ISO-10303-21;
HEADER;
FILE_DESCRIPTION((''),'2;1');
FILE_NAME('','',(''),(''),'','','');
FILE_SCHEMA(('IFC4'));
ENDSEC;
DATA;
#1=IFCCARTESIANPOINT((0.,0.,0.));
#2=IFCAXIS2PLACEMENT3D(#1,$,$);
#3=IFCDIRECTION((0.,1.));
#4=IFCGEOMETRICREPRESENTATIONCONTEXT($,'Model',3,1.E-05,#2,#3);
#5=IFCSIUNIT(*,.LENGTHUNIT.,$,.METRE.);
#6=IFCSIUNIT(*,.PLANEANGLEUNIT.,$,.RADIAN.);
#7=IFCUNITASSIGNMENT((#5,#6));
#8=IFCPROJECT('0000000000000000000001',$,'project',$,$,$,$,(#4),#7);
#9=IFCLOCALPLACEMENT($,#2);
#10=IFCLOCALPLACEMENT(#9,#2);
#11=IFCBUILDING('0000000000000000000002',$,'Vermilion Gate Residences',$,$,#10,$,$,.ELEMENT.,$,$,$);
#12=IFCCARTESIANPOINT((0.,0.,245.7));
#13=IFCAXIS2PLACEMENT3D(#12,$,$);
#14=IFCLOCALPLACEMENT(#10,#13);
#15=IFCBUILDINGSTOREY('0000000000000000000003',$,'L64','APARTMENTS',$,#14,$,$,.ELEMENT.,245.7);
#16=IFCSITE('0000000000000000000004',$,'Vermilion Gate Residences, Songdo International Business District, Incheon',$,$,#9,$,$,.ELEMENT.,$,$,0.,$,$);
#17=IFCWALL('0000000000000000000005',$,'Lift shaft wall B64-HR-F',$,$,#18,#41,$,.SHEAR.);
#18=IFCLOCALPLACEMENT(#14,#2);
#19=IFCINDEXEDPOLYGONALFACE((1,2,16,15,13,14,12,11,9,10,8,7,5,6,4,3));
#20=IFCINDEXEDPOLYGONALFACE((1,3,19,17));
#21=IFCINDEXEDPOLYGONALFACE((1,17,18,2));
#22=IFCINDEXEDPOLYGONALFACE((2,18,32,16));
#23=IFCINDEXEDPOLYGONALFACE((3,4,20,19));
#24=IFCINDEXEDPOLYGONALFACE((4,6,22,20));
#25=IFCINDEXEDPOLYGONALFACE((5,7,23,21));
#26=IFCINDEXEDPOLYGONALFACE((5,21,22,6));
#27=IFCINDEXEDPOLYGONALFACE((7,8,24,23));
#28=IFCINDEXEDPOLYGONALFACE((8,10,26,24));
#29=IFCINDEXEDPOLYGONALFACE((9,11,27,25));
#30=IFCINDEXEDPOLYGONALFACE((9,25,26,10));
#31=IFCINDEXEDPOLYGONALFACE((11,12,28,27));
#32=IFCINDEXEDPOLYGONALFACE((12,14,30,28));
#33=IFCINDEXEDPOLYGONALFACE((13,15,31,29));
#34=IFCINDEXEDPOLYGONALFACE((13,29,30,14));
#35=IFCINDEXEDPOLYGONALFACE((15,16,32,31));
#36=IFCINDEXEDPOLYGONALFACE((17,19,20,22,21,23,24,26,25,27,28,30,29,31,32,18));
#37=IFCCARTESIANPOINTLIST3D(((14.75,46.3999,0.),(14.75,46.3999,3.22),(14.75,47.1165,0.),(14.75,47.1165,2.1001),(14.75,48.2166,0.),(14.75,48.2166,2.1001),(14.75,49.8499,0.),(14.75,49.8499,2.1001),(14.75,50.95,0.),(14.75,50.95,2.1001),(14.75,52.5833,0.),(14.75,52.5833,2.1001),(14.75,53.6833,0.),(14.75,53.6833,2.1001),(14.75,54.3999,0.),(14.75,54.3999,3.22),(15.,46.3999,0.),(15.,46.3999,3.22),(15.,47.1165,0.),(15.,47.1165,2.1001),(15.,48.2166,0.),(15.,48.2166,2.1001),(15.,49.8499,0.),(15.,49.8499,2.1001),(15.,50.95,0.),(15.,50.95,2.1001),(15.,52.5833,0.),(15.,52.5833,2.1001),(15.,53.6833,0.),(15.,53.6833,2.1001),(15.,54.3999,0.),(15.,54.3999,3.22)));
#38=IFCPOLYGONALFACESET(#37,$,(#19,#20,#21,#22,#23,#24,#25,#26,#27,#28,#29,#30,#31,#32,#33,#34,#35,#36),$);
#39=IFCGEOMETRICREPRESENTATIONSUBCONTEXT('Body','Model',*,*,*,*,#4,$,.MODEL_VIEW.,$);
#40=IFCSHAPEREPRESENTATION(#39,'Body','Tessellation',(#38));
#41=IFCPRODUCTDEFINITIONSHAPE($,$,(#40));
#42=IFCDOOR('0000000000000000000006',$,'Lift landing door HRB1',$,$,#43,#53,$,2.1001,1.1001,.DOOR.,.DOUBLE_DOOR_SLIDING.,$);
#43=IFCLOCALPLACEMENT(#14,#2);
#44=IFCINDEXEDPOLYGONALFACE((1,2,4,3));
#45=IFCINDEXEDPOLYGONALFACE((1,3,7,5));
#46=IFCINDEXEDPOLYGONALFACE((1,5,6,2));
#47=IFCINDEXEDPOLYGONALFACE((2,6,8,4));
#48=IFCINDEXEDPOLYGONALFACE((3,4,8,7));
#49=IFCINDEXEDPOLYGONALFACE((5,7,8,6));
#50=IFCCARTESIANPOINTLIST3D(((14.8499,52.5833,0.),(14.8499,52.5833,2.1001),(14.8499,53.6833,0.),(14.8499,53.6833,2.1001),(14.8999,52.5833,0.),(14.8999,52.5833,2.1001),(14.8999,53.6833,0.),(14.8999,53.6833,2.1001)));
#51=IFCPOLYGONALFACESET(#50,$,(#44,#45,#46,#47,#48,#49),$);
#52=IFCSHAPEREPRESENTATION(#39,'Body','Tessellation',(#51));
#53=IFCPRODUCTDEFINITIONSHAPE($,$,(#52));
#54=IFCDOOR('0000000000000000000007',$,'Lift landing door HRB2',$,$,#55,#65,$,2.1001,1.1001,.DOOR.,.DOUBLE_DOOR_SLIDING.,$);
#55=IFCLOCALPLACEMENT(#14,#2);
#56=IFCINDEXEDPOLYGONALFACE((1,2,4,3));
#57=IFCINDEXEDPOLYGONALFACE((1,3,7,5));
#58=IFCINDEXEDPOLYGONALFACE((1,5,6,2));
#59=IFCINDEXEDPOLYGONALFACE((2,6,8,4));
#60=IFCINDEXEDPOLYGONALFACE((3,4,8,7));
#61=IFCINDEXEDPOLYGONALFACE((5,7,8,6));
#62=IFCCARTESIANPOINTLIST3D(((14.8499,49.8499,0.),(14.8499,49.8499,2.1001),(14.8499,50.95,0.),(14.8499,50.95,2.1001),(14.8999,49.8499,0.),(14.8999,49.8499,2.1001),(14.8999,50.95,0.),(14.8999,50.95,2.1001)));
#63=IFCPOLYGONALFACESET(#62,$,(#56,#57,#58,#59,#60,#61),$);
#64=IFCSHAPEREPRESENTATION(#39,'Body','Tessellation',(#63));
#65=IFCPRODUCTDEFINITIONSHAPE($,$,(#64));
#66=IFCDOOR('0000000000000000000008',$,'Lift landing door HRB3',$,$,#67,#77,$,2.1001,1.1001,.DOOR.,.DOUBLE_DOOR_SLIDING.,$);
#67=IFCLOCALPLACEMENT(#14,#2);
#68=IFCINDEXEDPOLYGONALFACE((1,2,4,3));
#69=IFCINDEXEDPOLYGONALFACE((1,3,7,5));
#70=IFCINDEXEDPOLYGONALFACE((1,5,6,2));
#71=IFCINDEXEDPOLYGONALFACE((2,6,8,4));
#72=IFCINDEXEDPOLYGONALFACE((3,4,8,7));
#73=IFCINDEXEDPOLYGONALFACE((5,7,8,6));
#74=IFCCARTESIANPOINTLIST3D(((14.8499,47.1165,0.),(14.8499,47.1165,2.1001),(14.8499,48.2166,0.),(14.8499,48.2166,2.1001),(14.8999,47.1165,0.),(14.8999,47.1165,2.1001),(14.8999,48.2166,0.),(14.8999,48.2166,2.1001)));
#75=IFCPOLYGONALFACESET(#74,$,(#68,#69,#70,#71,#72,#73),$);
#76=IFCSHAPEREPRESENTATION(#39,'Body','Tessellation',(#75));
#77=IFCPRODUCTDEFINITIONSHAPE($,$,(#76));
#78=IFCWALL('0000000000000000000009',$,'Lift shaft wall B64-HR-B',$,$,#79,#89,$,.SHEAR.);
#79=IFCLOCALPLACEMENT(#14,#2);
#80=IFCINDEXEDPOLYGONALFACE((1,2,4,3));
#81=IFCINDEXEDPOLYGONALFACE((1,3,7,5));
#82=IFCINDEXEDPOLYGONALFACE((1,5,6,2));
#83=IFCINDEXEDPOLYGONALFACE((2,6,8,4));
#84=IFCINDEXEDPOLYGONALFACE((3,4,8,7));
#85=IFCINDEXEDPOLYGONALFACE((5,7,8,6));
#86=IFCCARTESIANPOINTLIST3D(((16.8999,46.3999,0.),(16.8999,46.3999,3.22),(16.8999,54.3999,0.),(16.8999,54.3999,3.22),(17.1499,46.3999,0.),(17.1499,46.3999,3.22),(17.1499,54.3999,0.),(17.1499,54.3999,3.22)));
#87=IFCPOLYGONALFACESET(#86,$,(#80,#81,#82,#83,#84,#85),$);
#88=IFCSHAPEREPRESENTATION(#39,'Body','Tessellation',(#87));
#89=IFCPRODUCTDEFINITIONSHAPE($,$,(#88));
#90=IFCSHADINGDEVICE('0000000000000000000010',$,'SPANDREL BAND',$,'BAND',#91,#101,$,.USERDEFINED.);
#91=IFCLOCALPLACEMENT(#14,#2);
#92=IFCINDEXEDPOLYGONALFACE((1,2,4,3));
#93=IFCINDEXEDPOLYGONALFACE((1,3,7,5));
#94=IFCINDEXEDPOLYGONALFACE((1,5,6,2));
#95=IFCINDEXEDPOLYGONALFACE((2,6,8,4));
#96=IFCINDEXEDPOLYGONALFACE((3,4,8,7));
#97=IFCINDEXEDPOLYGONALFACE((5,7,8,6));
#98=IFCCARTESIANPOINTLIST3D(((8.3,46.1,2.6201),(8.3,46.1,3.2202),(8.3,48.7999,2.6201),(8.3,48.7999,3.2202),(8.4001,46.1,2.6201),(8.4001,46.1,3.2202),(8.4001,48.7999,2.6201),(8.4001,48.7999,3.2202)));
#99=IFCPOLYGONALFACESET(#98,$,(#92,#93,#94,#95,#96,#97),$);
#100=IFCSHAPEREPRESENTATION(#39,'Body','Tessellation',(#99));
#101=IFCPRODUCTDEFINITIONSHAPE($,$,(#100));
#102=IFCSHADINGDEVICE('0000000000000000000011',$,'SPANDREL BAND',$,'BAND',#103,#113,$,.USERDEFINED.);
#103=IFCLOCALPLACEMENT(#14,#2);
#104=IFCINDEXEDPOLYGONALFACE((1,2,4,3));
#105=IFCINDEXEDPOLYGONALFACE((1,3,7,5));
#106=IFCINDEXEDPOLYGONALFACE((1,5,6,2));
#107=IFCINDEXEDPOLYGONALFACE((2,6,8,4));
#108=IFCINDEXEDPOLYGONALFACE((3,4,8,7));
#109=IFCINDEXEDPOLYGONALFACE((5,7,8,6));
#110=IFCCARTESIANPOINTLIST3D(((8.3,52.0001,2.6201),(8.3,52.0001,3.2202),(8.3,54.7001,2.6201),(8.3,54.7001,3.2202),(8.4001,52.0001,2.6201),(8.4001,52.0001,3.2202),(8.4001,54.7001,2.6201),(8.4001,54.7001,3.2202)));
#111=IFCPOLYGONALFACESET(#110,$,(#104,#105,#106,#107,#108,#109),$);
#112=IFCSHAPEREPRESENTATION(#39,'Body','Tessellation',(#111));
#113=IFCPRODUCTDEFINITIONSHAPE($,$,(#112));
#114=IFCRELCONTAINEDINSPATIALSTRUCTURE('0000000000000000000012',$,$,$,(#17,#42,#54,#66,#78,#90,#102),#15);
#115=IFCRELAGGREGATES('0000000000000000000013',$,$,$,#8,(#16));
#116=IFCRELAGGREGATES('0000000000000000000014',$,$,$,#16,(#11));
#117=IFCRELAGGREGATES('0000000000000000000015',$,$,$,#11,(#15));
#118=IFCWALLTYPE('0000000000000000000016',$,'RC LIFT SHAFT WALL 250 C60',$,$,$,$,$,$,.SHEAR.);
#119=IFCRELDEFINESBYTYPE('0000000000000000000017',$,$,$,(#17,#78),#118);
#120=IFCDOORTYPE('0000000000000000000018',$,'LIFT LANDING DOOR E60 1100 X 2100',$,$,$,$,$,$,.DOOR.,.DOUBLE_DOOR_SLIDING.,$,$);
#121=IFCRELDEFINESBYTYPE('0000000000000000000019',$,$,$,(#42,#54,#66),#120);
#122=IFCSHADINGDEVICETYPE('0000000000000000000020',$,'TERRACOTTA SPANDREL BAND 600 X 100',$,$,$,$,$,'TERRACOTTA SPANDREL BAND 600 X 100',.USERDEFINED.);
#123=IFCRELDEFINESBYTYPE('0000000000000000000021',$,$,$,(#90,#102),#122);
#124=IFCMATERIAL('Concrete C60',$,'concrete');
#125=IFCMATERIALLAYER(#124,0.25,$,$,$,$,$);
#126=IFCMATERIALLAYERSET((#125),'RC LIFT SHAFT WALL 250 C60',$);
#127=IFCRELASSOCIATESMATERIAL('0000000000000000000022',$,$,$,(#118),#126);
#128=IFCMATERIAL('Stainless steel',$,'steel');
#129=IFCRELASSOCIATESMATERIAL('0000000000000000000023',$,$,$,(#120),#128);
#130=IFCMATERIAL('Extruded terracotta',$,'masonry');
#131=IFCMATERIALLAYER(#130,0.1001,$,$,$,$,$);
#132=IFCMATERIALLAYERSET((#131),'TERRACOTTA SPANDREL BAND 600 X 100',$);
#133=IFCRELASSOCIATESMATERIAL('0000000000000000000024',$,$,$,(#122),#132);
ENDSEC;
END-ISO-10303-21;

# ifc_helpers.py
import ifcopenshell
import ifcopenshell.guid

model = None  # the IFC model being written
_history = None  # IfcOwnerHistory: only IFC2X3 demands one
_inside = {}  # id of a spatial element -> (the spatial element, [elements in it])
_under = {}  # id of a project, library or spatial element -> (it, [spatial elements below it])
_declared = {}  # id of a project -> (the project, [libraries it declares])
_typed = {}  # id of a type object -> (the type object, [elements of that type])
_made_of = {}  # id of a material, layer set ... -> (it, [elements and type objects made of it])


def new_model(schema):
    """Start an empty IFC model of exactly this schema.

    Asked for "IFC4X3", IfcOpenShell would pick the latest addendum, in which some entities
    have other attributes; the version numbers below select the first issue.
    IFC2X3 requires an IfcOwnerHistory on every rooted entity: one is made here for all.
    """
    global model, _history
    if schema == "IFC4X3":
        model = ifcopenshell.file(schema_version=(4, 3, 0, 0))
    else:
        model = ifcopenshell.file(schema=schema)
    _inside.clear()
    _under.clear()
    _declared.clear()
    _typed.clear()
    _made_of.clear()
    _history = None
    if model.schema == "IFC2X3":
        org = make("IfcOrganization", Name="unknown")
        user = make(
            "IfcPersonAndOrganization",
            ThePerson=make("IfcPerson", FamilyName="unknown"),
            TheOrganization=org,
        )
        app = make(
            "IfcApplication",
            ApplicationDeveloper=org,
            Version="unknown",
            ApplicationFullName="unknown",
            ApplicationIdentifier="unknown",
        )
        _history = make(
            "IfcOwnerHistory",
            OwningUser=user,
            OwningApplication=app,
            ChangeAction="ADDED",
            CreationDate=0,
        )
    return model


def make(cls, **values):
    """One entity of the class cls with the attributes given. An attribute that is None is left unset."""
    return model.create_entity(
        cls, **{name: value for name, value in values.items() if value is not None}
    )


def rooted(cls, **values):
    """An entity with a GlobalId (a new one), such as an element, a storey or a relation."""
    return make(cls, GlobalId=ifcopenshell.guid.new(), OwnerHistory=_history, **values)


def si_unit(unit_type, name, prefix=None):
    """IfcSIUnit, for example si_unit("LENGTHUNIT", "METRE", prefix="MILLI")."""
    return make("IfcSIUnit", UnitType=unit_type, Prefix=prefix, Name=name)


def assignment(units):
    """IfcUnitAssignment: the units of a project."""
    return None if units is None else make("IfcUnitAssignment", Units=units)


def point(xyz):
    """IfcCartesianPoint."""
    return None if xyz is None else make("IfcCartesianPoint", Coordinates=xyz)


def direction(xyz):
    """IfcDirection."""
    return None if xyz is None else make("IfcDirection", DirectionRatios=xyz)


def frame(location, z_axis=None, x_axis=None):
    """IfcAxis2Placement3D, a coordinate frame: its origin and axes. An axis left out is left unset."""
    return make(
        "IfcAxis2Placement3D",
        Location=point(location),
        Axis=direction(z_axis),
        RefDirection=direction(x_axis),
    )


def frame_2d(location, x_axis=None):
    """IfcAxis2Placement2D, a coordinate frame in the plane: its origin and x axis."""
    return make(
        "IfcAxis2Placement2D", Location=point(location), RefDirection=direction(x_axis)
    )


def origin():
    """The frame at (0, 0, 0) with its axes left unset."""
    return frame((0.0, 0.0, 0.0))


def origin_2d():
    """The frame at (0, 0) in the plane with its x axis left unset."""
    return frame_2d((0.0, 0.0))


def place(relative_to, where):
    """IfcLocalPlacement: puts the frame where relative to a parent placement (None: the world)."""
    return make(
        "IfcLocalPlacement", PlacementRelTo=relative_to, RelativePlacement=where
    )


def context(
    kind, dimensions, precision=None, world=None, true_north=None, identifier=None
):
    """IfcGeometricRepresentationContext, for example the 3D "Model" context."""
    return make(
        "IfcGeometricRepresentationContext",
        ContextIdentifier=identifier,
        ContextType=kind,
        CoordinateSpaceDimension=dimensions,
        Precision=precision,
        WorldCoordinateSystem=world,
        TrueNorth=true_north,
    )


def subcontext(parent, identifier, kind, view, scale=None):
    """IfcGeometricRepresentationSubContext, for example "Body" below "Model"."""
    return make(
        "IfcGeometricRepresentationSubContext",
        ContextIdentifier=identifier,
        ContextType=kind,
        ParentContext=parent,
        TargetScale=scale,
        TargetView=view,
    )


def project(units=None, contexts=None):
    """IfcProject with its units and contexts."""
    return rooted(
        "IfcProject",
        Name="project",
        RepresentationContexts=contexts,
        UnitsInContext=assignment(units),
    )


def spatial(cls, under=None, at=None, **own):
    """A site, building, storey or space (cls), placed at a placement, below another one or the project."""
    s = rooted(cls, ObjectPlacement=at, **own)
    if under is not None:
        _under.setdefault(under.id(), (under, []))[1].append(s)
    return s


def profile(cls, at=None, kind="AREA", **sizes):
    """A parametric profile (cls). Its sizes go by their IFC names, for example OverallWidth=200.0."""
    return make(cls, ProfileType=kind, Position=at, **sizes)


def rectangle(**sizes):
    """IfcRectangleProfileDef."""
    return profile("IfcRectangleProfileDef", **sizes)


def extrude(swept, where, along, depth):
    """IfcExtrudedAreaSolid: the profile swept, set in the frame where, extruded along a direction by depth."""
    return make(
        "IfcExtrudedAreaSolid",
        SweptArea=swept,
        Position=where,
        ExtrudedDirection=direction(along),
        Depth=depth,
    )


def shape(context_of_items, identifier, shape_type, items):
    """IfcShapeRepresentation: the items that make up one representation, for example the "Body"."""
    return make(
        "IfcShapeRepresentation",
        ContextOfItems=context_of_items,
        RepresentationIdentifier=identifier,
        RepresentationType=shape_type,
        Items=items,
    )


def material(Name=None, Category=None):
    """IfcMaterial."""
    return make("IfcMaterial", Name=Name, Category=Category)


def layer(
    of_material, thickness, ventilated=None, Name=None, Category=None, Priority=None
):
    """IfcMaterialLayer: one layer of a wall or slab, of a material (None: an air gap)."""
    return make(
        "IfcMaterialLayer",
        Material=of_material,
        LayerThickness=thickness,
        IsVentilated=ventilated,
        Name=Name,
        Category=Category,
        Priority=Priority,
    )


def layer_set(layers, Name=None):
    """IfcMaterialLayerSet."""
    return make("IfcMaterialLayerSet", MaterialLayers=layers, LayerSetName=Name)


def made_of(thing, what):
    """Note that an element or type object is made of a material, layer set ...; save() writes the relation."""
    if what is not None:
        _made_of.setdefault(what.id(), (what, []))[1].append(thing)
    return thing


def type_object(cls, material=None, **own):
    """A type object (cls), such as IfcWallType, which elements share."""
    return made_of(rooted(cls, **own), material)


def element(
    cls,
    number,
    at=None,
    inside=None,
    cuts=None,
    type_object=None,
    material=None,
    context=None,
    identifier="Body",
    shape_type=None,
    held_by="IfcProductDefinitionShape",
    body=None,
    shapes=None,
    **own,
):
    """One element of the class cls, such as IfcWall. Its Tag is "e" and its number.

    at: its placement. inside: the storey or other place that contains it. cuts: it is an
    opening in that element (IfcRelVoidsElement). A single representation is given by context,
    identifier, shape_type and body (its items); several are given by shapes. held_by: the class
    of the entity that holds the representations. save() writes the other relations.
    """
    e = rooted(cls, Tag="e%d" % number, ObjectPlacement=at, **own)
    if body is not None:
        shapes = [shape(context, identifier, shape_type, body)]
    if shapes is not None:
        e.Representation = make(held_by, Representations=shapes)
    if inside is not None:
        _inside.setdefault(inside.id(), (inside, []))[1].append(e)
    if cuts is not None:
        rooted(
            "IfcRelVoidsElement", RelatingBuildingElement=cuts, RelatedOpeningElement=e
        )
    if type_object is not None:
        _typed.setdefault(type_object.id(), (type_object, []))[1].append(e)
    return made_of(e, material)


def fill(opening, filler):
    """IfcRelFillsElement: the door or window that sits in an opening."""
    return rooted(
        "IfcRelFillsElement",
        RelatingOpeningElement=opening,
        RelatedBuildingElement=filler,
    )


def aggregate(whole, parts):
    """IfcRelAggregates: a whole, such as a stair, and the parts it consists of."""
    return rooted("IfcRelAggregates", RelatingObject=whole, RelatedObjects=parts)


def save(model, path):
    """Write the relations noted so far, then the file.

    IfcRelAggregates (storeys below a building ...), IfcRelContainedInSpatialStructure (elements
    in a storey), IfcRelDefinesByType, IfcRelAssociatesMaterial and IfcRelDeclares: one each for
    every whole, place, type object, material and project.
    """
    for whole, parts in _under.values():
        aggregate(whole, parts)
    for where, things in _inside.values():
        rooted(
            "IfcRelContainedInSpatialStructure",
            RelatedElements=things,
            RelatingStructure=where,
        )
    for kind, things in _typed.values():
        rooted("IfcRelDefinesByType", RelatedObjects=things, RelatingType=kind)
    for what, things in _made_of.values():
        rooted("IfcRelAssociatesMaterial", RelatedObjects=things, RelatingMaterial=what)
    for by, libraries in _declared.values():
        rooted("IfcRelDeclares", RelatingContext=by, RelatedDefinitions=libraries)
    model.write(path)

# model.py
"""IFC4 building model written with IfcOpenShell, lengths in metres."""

from ifc_helpers import new_model, si_unit, direction, frame, frame_2d, origin, origin_2d, place, context, subcontext, project, spatial, rectangle, extrude, material, layer, layer_set, type_object, element, fill, save


model = new_model("IFC4")

# Units and contexts
model_context = context("Model", 3, precision=1e-05, world=origin(), true_north=direction((0.0, 1.0)))
body_context = subcontext(model_context, "Body", "Model", "MODEL_VIEW")
ifc_project = project(units=[si_unit("LENGTHUNIT", "METRE"), si_unit("PLANEANGLEUNIT", "RADIAN")], contexts=[model_context])

# Site, building, storey
site_placement = place(None, origin())
site = spatial("IfcSite", under=ifc_project, at=site_placement, Name="Vermilion Gate Residences, Songdo International Business District, Incheon", CompositionType="ELEMENT", RefElevation=0.0)
building_placement = place(site_placement, origin())
building = spatial("IfcBuilding", under=site, at=building_placement, Name="Vermilion Gate Residences", CompositionType="ELEMENT")
storey_placement = place(building_placement, frame((0.0, 0.0, 245.7)))
storey = spatial("IfcBuildingStorey", under=building, at=storey_placement, Name="L64", Description="APARTMENTS", CompositionType="ELEMENT", Elevation=245.7)

# Wall, openings, doors
ifc_material_1 = material(Name="Concrete C60", Category="concrete")
ifc_layer_1 = layer(ifc_material_1, 0.25)
ifc_layer_set_1 = layer_set([ifc_layer_1], Name="RC LIFT SHAFT WALL 250 C60")
wall_type_1 = type_object("IfcWallType", Name="RC LIFT SHAFT WALL 250 C60", PredefinedType="SHEAR", material=ifc_layer_set_1)
wall_1_placement = place(storey_placement, frame((14.875, 54.3999, 0.0), z_axis=(0.0, 0.0, 1.0), x_axis=(0.0, -1.0, 0.0)))
wall_1 = element("IfcWall", 1, at=wall_1_placement, inside=storey, type_object=wall_type_1, Name="Lift shaft wall B64-HR-F", PredefinedType="SHEAR", context=body_context, shape_type="SweptSolid", body=[
    extrude(rectangle(XDim=8.0, YDim=0.25, at=frame_2d((4.0, 0.0))), origin(), (0.0, 0.0, 1.0), 3.22),
])
opening_1_placement = place(wall_1_placement, frame((0.7166, 0.0, 0.0)))
opening_1 = element("IfcOpeningElement", 2, at=opening_1_placement, cuts=wall_1, PredefinedType="OPENING", context=body_context, shape_type="SweptSolid", body=[
    extrude(rectangle(XDim=1.1001, YDim=2.1001, at=frame_2d((0.55, 1.05))), frame((0.0, 0.135, 0.0), z_axis=(0.0, -1.0, 0.0), x_axis=(1.0, 0.0, 0.0)), (0.0, 0.0, 1.0), 0.27),
])
opening_2_placement = place(wall_1_placement, frame((3.45, 0.0, 0.0)))
opening_2 = element("IfcOpeningElement", 3, at=opening_2_placement, cuts=wall_1, PredefinedType="OPENING", context=body_context, shape_type="SweptSolid", body=[
    extrude(rectangle(XDim=1.1001, YDim=2.1001, at=frame_2d((0.55, 1.05))), frame((0.0, 0.135, 0.0), z_axis=(0.0, -1.0, 0.0), x_axis=(1.0, 0.0, 0.0)), (0.0, 0.0, 1.0), 0.27),
])
opening_3_placement = place(wall_1_placement, frame((6.1833, 0.0, 0.0)))
opening_3 = element("IfcOpeningElement", 4, at=opening_3_placement, cuts=wall_1, PredefinedType="OPENING", context=body_context, shape_type="SweptSolid", body=[
    extrude(rectangle(XDim=1.1001, YDim=2.1001, at=frame_2d((0.55, 1.05))), frame((0.0, 0.135, 0.0), z_axis=(0.0, -1.0, 0.0), x_axis=(1.0, 0.0, 0.0)), (0.0, 0.0, 1.0), 0.27),
])
ifc_material_2 = material(Name="Stainless steel", Category="steel")
door_type_1 = type_object("IfcDoorType", Name="LIFT LANDING DOOR E60 1100 X 2100", OperationType="DOUBLE_DOOR_SLIDING", PredefinedType="DOOR", material=ifc_material_2)
door_1_placement = place(opening_1_placement, origin())
door_1 = element("IfcDoor", 5, at=door_1_placement, inside=storey, type_object=door_type_1, Name="Lift landing door HRB1", OperationType="DOUBLE_DOOR_SLIDING", OverallHeight=2.1001, OverallWidth=1.1001, PredefinedType="DOOR", context=body_context, shape_type="SweptSolid", body=[
    extrude(rectangle(XDim=1.1001, YDim=2.1001, at=frame_2d((0.55, 1.05))), frame((0.0, 0.0249, 0.0), z_axis=(0.0, -1.0, 0.0), x_axis=(1.0, 0.0, 0.0)), (0.0, 0.0, 1.0), 0.05),
])
fill(opening_1, door_1)
door_2_placement = place(opening_2_placement, origin())
door_2 = element("IfcDoor", 6, at=door_2_placement, inside=storey, type_object=door_type_1, Name="Lift landing door HRB2", OperationType="DOUBLE_DOOR_SLIDING", OverallHeight=2.1001, OverallWidth=1.1001, PredefinedType="DOOR", context=body_context, shape_type="SweptSolid", body=[
    extrude(rectangle(XDim=1.1001, YDim=2.1001, at=frame_2d((0.55, 1.05))), frame((0.0, 0.0249, 0.0), z_axis=(0.0, -1.0, 0.0), x_axis=(1.0, 0.0, 0.0)), (0.0, 0.0, 1.0), 0.05),
])
fill(opening_2, door_2)
door_3_placement = place(opening_3_placement, origin())
door_3 = element("IfcDoor", 7, at=door_3_placement, inside=storey, type_object=door_type_1, Name="Lift landing door HRB3", OperationType="DOUBLE_DOOR_SLIDING", OverallHeight=2.1001, OverallWidth=1.1001, PredefinedType="DOOR", context=body_context, shape_type="SweptSolid", body=[
    extrude(rectangle(XDim=1.1001, YDim=2.1001, at=frame_2d((0.55, 1.05))), frame((0.0, 0.0249, 0.0), z_axis=(0.0, -1.0, 0.0), x_axis=(1.0, 0.0, 0.0)), (0.0, 0.0, 1.0), 0.05),
])
fill(opening_3, door_3)

# Wall
wall_2_placement = place(storey_placement, frame((17.0249, 54.3999, 0.0), z_axis=(0.0, 0.0, 1.0), x_axis=(0.0, -1.0, 0.0)))
element("IfcWall", 8, at=wall_2_placement, inside=storey, type_object=wall_type_1, Name="Lift shaft wall B64-HR-B", PredefinedType="SHEAR", context=body_context, shape_type="SweptSolid", body=[
    extrude(rectangle(XDim=8.0, YDim=0.25, at=frame_2d((4.0, 0.0))), origin(), (0.0, 0.0, 1.0), 3.22),
])

# Shading devices
ifc_material_3 = material(Name="Extruded terracotta", Category="masonry")
ifc_layer_2 = layer(ifc_material_3, 0.1001)
ifc_layer_set_2 = layer_set([ifc_layer_2], Name="TERRACOTTA SPANDREL BAND 600 X 100")
shading_device_type = type_object("IfcShadingDeviceType", Name="TERRACOTTA SPANDREL BAND 600 X 100", ElementType="TERRACOTTA SPANDREL BAND 600 X 100", PredefinedType="USERDEFINED", material=ifc_layer_set_2)
for number, where, z_axis, x_axis, name in (
    (9, (8.3501, 47.45, 2.6201), (0.0, 0.0, 1.0), (0.0, 1.0, 0.0), "SPANDREL BAND"),
    (10, (8.3501, 53.3501, 2.6201), (0.0, 0.0, 1.0), (0.0, 1.0, 0.0), "SPANDREL BAND"),
):
    element("IfcShadingDevice", number, at=place(storey_placement, frame(where, z_axis=z_axis, x_axis=x_axis)), inside=storey, type_object=shading_device_type, Name=name, ObjectType="BAND", PredefinedType="USERDEFINED", context=body_context, shape_type="SweptSolid", body=[
        extrude(rectangle(XDim=2.7, YDim=0.1001, at=origin_2d()), origin(), (0.0, 0.0, 1.0), 0.6001),
    ])

save(model, "model.ifc")
